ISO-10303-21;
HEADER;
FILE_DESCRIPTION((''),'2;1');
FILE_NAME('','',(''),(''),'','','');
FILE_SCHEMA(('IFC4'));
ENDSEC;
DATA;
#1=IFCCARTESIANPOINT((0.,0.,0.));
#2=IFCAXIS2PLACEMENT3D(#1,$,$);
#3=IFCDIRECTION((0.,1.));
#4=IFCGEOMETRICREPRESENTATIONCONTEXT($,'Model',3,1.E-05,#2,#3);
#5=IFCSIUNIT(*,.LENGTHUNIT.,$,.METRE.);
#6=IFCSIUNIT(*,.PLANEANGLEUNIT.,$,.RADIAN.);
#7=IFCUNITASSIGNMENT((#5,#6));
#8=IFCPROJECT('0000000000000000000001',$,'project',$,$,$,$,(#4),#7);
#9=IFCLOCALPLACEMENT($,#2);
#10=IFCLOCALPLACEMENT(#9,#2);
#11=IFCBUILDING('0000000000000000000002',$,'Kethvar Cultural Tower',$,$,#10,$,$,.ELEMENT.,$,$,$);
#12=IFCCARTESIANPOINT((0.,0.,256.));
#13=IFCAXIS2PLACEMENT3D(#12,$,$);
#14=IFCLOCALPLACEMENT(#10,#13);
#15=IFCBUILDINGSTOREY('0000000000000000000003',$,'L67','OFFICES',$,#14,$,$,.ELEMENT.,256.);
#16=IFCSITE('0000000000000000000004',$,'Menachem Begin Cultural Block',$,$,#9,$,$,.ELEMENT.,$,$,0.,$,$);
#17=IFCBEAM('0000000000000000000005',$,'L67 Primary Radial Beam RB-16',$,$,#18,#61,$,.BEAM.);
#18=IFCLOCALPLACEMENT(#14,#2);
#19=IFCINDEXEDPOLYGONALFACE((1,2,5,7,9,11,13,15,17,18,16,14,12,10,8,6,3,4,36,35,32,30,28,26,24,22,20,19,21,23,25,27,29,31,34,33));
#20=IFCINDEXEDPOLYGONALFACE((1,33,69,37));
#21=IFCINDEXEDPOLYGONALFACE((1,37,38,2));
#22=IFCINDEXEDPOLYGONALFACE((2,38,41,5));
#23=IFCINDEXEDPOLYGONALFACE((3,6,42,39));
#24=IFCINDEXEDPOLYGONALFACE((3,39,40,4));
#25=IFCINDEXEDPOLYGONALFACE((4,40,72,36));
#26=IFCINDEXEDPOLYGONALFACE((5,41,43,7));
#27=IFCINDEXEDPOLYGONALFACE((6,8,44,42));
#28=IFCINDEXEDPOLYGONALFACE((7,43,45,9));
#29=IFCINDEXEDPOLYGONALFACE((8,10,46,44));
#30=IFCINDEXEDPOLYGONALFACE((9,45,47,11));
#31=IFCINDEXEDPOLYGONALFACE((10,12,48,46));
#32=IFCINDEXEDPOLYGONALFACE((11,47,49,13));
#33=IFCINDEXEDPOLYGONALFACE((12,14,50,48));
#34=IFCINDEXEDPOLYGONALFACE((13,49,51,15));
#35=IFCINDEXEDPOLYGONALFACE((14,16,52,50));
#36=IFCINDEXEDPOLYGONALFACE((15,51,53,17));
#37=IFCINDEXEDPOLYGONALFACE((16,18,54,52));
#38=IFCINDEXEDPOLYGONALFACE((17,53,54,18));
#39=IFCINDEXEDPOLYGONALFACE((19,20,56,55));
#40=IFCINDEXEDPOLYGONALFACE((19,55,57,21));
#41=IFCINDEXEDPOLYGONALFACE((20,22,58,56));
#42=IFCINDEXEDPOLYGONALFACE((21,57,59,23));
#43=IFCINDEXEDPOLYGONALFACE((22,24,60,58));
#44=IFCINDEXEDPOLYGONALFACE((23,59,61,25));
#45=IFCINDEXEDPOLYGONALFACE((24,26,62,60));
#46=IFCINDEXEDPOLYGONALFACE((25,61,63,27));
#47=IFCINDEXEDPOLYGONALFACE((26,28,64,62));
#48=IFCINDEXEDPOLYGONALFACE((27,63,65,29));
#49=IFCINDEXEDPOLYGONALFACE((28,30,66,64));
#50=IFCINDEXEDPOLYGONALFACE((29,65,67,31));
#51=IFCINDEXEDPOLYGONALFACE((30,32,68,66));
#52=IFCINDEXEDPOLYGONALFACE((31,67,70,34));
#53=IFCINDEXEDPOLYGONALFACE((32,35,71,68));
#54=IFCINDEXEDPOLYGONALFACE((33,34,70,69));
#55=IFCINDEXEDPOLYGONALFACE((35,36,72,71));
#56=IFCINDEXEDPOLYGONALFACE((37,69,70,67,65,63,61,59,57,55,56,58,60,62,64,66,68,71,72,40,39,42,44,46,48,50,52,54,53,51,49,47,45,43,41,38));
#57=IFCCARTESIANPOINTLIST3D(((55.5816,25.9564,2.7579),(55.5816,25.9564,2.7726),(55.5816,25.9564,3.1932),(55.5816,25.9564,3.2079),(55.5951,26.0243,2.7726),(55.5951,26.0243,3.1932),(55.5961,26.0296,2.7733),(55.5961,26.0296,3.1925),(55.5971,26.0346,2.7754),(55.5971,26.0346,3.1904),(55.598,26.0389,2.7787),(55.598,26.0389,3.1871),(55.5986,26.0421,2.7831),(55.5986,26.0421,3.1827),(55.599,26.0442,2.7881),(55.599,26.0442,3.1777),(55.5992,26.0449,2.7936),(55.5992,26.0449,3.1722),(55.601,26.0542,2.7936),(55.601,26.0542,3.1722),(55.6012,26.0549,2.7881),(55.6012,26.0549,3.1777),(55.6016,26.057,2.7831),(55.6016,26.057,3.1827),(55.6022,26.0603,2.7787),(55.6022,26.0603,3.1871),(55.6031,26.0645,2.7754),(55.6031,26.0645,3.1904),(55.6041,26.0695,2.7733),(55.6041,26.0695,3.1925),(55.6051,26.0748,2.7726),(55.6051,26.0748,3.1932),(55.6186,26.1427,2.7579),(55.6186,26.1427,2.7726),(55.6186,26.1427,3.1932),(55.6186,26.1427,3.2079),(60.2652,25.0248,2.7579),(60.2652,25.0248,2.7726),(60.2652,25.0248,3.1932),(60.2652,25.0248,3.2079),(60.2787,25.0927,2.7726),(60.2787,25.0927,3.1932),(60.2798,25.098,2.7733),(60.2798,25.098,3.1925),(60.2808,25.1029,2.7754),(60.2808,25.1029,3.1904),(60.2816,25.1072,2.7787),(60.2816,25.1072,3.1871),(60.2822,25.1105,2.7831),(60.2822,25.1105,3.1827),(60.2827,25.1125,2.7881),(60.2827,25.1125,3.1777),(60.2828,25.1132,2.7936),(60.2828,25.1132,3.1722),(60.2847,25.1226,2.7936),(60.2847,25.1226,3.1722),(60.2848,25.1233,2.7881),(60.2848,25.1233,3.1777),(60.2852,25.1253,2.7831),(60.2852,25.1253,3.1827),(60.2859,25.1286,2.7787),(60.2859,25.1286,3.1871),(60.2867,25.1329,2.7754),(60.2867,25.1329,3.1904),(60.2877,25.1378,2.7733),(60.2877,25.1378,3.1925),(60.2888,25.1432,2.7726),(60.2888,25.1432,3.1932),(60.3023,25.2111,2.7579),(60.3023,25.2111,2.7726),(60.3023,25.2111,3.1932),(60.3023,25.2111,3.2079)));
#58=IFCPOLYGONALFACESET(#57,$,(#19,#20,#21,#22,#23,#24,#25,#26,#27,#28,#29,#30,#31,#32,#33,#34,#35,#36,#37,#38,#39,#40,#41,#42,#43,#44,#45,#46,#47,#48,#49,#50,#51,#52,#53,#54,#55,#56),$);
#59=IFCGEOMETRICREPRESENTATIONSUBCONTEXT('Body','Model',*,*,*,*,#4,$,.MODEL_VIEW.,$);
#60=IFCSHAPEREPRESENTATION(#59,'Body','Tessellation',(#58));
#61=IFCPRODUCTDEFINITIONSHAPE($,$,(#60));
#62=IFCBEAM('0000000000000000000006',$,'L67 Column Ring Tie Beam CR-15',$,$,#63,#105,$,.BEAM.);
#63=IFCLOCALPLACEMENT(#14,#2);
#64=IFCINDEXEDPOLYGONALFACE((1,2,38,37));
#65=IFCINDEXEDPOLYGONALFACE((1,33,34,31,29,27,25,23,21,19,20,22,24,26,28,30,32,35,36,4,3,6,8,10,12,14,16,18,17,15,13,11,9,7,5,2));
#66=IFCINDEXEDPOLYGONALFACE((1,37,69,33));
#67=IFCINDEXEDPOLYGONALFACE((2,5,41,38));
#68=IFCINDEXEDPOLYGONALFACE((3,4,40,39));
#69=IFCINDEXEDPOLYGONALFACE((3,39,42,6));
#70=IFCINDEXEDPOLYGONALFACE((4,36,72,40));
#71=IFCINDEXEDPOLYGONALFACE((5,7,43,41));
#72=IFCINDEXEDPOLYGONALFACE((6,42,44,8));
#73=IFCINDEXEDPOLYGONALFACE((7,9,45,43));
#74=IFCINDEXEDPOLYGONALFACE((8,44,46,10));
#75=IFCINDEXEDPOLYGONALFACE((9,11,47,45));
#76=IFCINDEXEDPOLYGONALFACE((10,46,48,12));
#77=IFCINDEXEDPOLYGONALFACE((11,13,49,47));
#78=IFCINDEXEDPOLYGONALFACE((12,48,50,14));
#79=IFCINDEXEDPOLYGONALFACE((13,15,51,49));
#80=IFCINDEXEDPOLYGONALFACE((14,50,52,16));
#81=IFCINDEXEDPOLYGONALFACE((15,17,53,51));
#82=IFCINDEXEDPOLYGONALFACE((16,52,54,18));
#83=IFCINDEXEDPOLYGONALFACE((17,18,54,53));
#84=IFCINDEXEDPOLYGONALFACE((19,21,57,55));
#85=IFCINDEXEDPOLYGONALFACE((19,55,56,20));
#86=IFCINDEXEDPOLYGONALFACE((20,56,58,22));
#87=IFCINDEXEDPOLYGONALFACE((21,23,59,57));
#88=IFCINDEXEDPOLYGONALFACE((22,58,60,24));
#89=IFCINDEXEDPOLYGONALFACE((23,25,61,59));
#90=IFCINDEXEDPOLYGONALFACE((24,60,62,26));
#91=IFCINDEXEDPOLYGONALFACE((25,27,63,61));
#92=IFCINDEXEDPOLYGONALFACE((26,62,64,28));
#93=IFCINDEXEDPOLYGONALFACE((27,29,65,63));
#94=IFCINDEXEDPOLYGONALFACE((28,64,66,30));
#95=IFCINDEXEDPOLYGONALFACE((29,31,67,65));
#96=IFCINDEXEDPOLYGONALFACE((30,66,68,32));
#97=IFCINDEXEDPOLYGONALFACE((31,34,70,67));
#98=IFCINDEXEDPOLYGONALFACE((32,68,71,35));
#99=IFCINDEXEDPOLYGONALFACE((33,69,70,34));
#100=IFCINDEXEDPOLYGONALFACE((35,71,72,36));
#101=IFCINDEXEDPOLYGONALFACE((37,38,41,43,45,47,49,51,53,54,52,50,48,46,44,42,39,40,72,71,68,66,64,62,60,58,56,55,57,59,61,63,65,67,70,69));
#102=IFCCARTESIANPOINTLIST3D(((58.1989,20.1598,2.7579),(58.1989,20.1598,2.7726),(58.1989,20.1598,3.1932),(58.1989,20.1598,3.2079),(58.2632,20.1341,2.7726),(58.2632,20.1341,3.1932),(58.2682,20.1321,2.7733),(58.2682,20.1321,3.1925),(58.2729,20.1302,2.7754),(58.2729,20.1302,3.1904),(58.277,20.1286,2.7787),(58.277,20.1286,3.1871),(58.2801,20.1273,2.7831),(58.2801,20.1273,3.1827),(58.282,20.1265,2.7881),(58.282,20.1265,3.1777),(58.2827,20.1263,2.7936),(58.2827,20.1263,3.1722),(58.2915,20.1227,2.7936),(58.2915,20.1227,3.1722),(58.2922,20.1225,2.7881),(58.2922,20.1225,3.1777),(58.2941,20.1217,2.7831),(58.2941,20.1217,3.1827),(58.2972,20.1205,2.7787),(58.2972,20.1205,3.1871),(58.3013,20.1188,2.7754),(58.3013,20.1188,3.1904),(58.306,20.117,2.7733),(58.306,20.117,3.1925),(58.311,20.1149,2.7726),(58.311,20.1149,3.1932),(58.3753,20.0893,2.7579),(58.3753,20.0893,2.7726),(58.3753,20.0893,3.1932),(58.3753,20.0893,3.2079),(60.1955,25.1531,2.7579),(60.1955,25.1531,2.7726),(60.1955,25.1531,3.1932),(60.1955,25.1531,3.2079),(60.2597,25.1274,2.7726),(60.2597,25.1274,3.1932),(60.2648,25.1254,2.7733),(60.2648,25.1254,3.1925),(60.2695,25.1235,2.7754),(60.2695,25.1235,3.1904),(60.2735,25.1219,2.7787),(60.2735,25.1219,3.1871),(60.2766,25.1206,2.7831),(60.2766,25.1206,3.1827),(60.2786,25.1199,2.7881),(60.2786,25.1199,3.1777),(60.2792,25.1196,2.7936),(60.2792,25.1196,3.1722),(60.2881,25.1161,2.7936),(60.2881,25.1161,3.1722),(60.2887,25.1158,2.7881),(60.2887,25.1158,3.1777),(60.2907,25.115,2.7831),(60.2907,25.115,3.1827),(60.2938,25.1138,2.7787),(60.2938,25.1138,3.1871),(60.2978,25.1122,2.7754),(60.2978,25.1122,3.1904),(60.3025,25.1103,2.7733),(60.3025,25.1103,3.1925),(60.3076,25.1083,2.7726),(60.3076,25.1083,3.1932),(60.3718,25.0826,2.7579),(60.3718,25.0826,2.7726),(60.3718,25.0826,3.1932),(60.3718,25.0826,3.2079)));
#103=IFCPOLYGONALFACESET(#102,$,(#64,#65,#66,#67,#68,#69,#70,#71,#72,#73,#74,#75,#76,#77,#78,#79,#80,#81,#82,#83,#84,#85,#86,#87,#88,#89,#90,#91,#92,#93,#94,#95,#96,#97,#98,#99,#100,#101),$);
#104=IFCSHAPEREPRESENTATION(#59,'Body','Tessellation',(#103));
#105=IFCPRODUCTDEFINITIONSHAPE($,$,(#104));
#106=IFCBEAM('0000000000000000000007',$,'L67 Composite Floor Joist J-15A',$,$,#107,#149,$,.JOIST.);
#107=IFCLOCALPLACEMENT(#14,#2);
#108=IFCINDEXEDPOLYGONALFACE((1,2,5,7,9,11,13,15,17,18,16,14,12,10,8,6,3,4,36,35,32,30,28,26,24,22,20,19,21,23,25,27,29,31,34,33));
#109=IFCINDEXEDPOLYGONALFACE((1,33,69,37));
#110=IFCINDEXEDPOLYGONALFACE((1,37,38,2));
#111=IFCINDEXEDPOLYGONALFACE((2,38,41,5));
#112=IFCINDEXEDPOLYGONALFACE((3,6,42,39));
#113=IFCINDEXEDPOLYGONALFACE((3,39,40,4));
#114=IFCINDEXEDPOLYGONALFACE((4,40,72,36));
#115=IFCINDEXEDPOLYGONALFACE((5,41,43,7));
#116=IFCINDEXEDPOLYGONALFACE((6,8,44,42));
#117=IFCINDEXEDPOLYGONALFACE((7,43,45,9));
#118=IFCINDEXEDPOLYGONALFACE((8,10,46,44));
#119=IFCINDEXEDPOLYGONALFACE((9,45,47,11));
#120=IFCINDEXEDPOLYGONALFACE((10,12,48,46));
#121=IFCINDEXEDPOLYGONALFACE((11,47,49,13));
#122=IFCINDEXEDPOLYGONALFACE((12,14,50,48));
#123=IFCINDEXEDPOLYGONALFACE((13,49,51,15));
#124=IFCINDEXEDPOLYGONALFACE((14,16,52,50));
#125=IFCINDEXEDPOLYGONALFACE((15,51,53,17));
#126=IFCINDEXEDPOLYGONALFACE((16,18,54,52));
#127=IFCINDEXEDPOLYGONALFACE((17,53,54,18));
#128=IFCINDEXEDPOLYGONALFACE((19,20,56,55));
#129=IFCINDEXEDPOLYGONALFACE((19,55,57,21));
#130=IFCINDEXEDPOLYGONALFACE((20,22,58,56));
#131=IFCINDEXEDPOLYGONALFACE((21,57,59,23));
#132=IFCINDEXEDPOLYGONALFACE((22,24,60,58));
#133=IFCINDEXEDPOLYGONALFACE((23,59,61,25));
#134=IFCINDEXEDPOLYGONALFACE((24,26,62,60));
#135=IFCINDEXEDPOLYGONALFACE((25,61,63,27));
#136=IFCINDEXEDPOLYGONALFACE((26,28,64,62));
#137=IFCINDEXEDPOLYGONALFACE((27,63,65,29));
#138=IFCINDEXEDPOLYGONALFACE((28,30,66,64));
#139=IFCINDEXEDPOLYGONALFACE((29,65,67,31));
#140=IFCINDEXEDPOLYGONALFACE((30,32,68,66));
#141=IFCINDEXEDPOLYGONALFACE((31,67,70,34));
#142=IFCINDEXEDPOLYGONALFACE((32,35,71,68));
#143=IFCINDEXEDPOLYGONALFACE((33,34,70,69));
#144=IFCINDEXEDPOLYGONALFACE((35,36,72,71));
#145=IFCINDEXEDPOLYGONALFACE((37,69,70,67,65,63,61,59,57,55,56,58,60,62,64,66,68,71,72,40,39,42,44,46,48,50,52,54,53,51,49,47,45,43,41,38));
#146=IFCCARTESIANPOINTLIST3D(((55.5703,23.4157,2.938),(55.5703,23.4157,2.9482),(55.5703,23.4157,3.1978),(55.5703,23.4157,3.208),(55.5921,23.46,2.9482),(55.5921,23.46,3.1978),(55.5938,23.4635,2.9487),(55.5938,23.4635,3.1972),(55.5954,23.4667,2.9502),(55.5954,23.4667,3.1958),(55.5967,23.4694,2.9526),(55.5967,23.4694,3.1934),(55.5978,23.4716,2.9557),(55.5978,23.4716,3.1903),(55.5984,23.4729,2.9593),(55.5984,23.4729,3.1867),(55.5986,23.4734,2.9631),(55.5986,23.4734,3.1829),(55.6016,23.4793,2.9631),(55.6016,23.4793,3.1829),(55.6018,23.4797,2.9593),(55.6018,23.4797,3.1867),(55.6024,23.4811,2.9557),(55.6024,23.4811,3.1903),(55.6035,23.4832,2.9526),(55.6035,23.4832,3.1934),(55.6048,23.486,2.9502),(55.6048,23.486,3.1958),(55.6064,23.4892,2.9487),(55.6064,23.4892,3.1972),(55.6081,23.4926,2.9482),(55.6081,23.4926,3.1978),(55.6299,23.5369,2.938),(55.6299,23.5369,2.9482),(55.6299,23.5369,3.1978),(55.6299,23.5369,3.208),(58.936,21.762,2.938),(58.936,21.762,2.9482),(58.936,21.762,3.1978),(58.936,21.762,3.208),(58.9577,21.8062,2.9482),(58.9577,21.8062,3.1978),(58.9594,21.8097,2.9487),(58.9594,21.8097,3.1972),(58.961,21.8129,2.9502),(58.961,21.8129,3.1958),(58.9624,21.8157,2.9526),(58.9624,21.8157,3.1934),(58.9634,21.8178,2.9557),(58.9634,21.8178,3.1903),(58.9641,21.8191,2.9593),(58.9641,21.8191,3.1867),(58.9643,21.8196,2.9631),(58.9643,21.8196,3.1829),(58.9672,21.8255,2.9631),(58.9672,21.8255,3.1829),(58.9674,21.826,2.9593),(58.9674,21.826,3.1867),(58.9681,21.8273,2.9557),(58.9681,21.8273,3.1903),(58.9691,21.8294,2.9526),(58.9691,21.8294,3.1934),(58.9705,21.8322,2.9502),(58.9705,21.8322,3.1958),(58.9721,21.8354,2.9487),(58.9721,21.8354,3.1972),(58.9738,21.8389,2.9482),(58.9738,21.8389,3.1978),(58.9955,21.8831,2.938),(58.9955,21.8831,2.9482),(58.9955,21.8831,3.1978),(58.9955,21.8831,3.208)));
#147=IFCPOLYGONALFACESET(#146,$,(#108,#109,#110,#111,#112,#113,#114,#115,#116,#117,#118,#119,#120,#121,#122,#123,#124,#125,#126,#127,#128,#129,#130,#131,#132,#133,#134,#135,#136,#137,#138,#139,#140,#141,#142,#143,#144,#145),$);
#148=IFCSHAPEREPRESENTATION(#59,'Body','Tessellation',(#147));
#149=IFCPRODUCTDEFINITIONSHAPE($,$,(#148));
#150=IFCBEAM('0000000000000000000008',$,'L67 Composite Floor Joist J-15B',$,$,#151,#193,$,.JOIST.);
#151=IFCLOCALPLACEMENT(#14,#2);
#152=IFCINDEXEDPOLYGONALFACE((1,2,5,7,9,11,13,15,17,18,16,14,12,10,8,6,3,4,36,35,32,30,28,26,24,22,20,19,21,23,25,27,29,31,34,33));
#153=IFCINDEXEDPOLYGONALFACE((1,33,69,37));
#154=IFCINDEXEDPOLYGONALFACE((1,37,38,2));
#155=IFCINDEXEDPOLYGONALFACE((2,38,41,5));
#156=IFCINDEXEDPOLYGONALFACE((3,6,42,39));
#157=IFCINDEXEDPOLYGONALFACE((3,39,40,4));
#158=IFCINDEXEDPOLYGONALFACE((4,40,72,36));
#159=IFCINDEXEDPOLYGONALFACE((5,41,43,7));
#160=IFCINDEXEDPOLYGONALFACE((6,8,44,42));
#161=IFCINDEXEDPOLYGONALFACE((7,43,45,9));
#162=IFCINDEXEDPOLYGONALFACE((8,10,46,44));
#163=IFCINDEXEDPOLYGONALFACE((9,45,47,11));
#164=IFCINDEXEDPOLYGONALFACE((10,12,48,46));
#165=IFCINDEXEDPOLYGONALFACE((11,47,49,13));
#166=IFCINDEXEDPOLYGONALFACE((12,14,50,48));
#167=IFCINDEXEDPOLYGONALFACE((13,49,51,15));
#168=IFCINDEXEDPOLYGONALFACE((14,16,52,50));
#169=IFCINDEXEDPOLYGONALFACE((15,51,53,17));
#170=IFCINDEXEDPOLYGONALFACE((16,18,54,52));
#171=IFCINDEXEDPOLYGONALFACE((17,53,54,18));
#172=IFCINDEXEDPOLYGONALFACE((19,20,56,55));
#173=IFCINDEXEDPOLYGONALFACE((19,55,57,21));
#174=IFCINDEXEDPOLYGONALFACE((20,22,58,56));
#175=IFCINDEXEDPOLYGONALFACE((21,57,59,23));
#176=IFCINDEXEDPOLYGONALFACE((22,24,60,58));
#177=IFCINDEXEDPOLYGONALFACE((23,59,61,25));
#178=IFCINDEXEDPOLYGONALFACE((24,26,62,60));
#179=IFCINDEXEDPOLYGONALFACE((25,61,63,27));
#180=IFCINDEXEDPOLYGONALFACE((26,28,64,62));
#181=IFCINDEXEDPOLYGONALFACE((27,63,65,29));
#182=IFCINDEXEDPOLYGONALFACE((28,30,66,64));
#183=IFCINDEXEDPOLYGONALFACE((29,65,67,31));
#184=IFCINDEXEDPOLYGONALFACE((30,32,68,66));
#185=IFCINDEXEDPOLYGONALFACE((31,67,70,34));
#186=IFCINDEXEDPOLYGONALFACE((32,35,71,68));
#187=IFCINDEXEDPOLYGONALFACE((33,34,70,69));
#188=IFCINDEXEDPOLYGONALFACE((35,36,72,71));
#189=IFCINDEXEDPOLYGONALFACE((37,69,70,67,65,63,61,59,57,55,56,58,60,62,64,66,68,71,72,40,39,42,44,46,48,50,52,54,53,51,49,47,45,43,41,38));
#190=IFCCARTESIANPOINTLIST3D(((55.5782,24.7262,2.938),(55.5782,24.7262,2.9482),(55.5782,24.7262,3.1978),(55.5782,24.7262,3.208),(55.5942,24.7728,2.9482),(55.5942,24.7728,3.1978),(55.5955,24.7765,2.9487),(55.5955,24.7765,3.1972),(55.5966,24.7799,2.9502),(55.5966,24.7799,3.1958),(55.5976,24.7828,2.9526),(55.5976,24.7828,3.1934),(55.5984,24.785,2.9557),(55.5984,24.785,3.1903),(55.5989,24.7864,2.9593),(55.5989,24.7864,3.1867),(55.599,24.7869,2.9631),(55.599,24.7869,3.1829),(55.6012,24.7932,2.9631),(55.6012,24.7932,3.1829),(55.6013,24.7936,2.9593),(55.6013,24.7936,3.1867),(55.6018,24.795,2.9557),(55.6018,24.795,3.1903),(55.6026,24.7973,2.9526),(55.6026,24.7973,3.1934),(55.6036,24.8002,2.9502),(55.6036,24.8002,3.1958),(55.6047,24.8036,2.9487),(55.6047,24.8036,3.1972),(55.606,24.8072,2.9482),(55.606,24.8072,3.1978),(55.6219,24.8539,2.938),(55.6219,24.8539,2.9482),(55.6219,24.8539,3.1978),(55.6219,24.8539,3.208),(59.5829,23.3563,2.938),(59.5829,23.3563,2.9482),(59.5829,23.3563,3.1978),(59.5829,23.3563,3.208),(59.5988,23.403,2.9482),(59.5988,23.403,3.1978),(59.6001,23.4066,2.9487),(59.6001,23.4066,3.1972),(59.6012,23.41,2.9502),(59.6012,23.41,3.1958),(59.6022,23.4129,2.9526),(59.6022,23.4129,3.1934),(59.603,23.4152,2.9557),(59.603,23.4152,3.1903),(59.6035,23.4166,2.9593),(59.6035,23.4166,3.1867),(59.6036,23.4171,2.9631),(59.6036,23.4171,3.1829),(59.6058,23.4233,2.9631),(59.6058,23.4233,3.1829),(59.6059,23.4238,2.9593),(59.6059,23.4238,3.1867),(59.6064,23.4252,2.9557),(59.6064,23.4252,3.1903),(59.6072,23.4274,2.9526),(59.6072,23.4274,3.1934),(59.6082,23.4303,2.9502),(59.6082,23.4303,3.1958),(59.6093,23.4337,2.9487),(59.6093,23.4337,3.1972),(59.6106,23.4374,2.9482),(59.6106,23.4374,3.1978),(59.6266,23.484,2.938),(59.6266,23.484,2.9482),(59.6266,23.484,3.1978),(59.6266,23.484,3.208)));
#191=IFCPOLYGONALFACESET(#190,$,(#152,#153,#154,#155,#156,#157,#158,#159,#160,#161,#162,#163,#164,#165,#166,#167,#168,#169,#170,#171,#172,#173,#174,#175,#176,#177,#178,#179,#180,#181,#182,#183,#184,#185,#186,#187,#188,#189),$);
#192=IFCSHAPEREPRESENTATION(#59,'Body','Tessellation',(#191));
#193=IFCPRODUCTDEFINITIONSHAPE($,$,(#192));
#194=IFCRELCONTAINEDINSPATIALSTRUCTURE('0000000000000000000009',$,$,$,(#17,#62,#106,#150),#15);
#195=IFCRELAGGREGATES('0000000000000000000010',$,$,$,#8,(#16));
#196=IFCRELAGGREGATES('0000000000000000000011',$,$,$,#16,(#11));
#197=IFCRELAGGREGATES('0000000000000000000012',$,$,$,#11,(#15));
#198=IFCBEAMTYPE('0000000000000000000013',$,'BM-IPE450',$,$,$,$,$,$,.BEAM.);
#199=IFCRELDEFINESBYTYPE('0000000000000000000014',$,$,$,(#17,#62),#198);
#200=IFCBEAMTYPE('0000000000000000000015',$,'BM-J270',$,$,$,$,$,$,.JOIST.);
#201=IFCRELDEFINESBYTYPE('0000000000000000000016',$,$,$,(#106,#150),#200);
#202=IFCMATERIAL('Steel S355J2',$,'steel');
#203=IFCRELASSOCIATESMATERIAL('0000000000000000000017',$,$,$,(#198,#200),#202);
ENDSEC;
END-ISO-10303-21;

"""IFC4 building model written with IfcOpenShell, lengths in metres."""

from ifc_helpers import new_model, si_unit, direction, frame, origin, origin_2d, place, context, subcontext, project, spatial, i_section, extrude, source, transform, mapped, material, material_profile, profile_set, type_object, element, save


model = new_model("IFC4")

# Units and contexts
model_context = context("Model", 3, precision=1e-05, world=origin(), true_north=direction((0.0, 1.0)))
body_context = subcontext(model_context, "Body", "Model", "MODEL_VIEW")
ifc_project = project(units=[si_unit("LENGTHUNIT", "METRE"), si_unit("PLANEANGLEUNIT", "RADIAN")], contexts=[model_context])

# Site, building, storey
site_placement = place(None, origin())
site = spatial("IfcSite", under=ifc_project, at=site_placement, Name="Menachem Begin Cultural Block", CompositionType="ELEMENT", RefElevation=0.0)
building_placement = place(site_placement, origin())
building = spatial("IfcBuilding", under=site, at=building_placement, Name="Kethvar Cultural Tower", CompositionType="ELEMENT")
storey_placement = place(building_placement, frame((0.0, 0.0, 256.0)))
storey = spatial("IfcBuildingStorey", under=building, at=storey_placement, Name="L67", Description="OFFICES", CompositionType="ELEMENT", Elevation=256.0)

# Beams
ifc_material_1 = material(Name="Steel S355J2", Category="steel")
ifc_material_profile_1 = material_profile(ifc_material_1, i_section(OverallWidth=0.1899, OverallDepth=0.45, WebThickness=0.0095, FlangeThickness=0.0146, FilletRadius=0.021, at=origin_2d()), Name="Steel S355J2 — IPE450")
ifc_profile_set_1 = profile_set([ifc_material_profile_1], Name="Steel S355J2 — IPE450")
beam_type_1 = type_object("IfcBeamType", Name="BM-IPE450", PredefinedType="BEAM", material=ifc_profile_set_1)
shared_shape_1 = source(origin(), body_context, "Body", "SweptSolid", [
    extrude(i_section(OverallWidth=0.1899, OverallDepth=0.45, WebThickness=0.0095, FlangeThickness=0.0146, FilletRadius=0.021, at=origin_2d()), origin(), (0.0, 0.0, 1.0), 4.7754),
])
beam_1_placement = place(storey_placement, frame((55.6001, 26.0496, 2.9829), z_axis=(0.980785, -0.195094, 0.0), x_axis=(0.195094, 0.980785, 0.0)))
element("IfcBeam", 1, at=beam_1_placement, inside=storey, type_object=beam_type_1, Name="L67 Primary Radial Beam RB-16", PredefinedType="BEAM", context=body_context, shape_type="MappedRepresentation", body=[
    mapped(shared_shape_1, transform((0.0, 0.0, 0.0), scale=1.0)),
])
shared_shape_2 = source(origin(), body_context, "Body", "SweptSolid", [
    extrude(i_section(OverallWidth=0.1899, OverallDepth=0.45, WebThickness=0.0095, FlangeThickness=0.0146, FilletRadius=0.021, at=origin_2d()), origin(), (0.0, 0.0, 1.0), 5.3777),
])
beam_2_placement = place(storey_placement, frame((58.2871, 20.1245, 2.9829), z_axis=(0.371265, 0.928527, 0.0), x_axis=(-0.928527, 0.371265, 0.0)))
element("IfcBeam", 2, at=beam_2_placement, inside=storey, type_object=beam_type_1, Name="L67 Column Ring Tie Beam CR-15", PredefinedType="BEAM", context=body_context, shape_type="MappedRepresentation", body=[
    mapped(shared_shape_2, transform((0.0, 0.0, 0.0), scale=1.0)),
])
ifc_material_profile_2 = material_profile(ifc_material_1, i_section(OverallWidth=0.135, OverallDepth=0.27, WebThickness=0.0066, FlangeThickness=0.0103, FilletRadius=0.0149, at=origin_2d()), Name="Steel S355J2 — IPE270")
ifc_profile_set_2 = profile_set([ifc_material_profile_2], Name="Steel S355J2 — IPE270")
beam_type_2 = type_object("IfcBeamType", Name="BM-J270", PredefinedType="JOIST", material=ifc_profile_set_2)
shared_shape_3 = source(origin(), body_context, "Body", "SweptSolid", [
    extrude(i_section(OverallWidth=0.135, OverallDepth=0.27, WebThickness=0.0066, FlangeThickness=0.0103, FilletRadius=0.0149, at=origin_2d()), origin(), (0.0, 0.0, 1.0), 3.75),
])
beam_3_placement = place(storey_placement, frame((55.6001, 23.4763, 3.073), z_axis=(0.897505, -0.441005, 0.0), x_axis=(0.441005, 0.897505, 0.0)))
element("IfcBeam", 3, at=beam_3_placement, inside=storey, type_object=beam_type_2, Name="L67 Composite Floor Joist J-15A", PredefinedType="JOIST", context=body_context, shape_type="MappedRepresentation", body=[
    mapped(shared_shape_3, transform((0.0, 0.0, 0.0), scale=1.0)),
])
shared_shape_4 = source(origin(), body_context, "Body", "SweptSolid", [
    extrude(i_section(OverallWidth=0.135, OverallDepth=0.27, WebThickness=0.0066, FlangeThickness=0.0103, FilletRadius=0.0149, at=origin_2d()), origin(), (0.0, 0.0, 1.0), 4.2324),
])
beam_4_placement = place(storey_placement, frame((55.6001, 24.79, 3.073), z_axis=(0.946174, -0.323659, 0.0), x_axis=(0.323659, 0.946174, 0.0)))
element("IfcBeam", 4, at=beam_4_placement, inside=storey, type_object=beam_type_2, Name="L67 Composite Floor Joist J-15B", PredefinedType="JOIST", context=body_context, shape_type="MappedRepresentation", body=[
    mapped(shared_shape_4, transform((0.0, 0.0, 0.0), scale=1.0)),
])

save(model, "model.ifc")
